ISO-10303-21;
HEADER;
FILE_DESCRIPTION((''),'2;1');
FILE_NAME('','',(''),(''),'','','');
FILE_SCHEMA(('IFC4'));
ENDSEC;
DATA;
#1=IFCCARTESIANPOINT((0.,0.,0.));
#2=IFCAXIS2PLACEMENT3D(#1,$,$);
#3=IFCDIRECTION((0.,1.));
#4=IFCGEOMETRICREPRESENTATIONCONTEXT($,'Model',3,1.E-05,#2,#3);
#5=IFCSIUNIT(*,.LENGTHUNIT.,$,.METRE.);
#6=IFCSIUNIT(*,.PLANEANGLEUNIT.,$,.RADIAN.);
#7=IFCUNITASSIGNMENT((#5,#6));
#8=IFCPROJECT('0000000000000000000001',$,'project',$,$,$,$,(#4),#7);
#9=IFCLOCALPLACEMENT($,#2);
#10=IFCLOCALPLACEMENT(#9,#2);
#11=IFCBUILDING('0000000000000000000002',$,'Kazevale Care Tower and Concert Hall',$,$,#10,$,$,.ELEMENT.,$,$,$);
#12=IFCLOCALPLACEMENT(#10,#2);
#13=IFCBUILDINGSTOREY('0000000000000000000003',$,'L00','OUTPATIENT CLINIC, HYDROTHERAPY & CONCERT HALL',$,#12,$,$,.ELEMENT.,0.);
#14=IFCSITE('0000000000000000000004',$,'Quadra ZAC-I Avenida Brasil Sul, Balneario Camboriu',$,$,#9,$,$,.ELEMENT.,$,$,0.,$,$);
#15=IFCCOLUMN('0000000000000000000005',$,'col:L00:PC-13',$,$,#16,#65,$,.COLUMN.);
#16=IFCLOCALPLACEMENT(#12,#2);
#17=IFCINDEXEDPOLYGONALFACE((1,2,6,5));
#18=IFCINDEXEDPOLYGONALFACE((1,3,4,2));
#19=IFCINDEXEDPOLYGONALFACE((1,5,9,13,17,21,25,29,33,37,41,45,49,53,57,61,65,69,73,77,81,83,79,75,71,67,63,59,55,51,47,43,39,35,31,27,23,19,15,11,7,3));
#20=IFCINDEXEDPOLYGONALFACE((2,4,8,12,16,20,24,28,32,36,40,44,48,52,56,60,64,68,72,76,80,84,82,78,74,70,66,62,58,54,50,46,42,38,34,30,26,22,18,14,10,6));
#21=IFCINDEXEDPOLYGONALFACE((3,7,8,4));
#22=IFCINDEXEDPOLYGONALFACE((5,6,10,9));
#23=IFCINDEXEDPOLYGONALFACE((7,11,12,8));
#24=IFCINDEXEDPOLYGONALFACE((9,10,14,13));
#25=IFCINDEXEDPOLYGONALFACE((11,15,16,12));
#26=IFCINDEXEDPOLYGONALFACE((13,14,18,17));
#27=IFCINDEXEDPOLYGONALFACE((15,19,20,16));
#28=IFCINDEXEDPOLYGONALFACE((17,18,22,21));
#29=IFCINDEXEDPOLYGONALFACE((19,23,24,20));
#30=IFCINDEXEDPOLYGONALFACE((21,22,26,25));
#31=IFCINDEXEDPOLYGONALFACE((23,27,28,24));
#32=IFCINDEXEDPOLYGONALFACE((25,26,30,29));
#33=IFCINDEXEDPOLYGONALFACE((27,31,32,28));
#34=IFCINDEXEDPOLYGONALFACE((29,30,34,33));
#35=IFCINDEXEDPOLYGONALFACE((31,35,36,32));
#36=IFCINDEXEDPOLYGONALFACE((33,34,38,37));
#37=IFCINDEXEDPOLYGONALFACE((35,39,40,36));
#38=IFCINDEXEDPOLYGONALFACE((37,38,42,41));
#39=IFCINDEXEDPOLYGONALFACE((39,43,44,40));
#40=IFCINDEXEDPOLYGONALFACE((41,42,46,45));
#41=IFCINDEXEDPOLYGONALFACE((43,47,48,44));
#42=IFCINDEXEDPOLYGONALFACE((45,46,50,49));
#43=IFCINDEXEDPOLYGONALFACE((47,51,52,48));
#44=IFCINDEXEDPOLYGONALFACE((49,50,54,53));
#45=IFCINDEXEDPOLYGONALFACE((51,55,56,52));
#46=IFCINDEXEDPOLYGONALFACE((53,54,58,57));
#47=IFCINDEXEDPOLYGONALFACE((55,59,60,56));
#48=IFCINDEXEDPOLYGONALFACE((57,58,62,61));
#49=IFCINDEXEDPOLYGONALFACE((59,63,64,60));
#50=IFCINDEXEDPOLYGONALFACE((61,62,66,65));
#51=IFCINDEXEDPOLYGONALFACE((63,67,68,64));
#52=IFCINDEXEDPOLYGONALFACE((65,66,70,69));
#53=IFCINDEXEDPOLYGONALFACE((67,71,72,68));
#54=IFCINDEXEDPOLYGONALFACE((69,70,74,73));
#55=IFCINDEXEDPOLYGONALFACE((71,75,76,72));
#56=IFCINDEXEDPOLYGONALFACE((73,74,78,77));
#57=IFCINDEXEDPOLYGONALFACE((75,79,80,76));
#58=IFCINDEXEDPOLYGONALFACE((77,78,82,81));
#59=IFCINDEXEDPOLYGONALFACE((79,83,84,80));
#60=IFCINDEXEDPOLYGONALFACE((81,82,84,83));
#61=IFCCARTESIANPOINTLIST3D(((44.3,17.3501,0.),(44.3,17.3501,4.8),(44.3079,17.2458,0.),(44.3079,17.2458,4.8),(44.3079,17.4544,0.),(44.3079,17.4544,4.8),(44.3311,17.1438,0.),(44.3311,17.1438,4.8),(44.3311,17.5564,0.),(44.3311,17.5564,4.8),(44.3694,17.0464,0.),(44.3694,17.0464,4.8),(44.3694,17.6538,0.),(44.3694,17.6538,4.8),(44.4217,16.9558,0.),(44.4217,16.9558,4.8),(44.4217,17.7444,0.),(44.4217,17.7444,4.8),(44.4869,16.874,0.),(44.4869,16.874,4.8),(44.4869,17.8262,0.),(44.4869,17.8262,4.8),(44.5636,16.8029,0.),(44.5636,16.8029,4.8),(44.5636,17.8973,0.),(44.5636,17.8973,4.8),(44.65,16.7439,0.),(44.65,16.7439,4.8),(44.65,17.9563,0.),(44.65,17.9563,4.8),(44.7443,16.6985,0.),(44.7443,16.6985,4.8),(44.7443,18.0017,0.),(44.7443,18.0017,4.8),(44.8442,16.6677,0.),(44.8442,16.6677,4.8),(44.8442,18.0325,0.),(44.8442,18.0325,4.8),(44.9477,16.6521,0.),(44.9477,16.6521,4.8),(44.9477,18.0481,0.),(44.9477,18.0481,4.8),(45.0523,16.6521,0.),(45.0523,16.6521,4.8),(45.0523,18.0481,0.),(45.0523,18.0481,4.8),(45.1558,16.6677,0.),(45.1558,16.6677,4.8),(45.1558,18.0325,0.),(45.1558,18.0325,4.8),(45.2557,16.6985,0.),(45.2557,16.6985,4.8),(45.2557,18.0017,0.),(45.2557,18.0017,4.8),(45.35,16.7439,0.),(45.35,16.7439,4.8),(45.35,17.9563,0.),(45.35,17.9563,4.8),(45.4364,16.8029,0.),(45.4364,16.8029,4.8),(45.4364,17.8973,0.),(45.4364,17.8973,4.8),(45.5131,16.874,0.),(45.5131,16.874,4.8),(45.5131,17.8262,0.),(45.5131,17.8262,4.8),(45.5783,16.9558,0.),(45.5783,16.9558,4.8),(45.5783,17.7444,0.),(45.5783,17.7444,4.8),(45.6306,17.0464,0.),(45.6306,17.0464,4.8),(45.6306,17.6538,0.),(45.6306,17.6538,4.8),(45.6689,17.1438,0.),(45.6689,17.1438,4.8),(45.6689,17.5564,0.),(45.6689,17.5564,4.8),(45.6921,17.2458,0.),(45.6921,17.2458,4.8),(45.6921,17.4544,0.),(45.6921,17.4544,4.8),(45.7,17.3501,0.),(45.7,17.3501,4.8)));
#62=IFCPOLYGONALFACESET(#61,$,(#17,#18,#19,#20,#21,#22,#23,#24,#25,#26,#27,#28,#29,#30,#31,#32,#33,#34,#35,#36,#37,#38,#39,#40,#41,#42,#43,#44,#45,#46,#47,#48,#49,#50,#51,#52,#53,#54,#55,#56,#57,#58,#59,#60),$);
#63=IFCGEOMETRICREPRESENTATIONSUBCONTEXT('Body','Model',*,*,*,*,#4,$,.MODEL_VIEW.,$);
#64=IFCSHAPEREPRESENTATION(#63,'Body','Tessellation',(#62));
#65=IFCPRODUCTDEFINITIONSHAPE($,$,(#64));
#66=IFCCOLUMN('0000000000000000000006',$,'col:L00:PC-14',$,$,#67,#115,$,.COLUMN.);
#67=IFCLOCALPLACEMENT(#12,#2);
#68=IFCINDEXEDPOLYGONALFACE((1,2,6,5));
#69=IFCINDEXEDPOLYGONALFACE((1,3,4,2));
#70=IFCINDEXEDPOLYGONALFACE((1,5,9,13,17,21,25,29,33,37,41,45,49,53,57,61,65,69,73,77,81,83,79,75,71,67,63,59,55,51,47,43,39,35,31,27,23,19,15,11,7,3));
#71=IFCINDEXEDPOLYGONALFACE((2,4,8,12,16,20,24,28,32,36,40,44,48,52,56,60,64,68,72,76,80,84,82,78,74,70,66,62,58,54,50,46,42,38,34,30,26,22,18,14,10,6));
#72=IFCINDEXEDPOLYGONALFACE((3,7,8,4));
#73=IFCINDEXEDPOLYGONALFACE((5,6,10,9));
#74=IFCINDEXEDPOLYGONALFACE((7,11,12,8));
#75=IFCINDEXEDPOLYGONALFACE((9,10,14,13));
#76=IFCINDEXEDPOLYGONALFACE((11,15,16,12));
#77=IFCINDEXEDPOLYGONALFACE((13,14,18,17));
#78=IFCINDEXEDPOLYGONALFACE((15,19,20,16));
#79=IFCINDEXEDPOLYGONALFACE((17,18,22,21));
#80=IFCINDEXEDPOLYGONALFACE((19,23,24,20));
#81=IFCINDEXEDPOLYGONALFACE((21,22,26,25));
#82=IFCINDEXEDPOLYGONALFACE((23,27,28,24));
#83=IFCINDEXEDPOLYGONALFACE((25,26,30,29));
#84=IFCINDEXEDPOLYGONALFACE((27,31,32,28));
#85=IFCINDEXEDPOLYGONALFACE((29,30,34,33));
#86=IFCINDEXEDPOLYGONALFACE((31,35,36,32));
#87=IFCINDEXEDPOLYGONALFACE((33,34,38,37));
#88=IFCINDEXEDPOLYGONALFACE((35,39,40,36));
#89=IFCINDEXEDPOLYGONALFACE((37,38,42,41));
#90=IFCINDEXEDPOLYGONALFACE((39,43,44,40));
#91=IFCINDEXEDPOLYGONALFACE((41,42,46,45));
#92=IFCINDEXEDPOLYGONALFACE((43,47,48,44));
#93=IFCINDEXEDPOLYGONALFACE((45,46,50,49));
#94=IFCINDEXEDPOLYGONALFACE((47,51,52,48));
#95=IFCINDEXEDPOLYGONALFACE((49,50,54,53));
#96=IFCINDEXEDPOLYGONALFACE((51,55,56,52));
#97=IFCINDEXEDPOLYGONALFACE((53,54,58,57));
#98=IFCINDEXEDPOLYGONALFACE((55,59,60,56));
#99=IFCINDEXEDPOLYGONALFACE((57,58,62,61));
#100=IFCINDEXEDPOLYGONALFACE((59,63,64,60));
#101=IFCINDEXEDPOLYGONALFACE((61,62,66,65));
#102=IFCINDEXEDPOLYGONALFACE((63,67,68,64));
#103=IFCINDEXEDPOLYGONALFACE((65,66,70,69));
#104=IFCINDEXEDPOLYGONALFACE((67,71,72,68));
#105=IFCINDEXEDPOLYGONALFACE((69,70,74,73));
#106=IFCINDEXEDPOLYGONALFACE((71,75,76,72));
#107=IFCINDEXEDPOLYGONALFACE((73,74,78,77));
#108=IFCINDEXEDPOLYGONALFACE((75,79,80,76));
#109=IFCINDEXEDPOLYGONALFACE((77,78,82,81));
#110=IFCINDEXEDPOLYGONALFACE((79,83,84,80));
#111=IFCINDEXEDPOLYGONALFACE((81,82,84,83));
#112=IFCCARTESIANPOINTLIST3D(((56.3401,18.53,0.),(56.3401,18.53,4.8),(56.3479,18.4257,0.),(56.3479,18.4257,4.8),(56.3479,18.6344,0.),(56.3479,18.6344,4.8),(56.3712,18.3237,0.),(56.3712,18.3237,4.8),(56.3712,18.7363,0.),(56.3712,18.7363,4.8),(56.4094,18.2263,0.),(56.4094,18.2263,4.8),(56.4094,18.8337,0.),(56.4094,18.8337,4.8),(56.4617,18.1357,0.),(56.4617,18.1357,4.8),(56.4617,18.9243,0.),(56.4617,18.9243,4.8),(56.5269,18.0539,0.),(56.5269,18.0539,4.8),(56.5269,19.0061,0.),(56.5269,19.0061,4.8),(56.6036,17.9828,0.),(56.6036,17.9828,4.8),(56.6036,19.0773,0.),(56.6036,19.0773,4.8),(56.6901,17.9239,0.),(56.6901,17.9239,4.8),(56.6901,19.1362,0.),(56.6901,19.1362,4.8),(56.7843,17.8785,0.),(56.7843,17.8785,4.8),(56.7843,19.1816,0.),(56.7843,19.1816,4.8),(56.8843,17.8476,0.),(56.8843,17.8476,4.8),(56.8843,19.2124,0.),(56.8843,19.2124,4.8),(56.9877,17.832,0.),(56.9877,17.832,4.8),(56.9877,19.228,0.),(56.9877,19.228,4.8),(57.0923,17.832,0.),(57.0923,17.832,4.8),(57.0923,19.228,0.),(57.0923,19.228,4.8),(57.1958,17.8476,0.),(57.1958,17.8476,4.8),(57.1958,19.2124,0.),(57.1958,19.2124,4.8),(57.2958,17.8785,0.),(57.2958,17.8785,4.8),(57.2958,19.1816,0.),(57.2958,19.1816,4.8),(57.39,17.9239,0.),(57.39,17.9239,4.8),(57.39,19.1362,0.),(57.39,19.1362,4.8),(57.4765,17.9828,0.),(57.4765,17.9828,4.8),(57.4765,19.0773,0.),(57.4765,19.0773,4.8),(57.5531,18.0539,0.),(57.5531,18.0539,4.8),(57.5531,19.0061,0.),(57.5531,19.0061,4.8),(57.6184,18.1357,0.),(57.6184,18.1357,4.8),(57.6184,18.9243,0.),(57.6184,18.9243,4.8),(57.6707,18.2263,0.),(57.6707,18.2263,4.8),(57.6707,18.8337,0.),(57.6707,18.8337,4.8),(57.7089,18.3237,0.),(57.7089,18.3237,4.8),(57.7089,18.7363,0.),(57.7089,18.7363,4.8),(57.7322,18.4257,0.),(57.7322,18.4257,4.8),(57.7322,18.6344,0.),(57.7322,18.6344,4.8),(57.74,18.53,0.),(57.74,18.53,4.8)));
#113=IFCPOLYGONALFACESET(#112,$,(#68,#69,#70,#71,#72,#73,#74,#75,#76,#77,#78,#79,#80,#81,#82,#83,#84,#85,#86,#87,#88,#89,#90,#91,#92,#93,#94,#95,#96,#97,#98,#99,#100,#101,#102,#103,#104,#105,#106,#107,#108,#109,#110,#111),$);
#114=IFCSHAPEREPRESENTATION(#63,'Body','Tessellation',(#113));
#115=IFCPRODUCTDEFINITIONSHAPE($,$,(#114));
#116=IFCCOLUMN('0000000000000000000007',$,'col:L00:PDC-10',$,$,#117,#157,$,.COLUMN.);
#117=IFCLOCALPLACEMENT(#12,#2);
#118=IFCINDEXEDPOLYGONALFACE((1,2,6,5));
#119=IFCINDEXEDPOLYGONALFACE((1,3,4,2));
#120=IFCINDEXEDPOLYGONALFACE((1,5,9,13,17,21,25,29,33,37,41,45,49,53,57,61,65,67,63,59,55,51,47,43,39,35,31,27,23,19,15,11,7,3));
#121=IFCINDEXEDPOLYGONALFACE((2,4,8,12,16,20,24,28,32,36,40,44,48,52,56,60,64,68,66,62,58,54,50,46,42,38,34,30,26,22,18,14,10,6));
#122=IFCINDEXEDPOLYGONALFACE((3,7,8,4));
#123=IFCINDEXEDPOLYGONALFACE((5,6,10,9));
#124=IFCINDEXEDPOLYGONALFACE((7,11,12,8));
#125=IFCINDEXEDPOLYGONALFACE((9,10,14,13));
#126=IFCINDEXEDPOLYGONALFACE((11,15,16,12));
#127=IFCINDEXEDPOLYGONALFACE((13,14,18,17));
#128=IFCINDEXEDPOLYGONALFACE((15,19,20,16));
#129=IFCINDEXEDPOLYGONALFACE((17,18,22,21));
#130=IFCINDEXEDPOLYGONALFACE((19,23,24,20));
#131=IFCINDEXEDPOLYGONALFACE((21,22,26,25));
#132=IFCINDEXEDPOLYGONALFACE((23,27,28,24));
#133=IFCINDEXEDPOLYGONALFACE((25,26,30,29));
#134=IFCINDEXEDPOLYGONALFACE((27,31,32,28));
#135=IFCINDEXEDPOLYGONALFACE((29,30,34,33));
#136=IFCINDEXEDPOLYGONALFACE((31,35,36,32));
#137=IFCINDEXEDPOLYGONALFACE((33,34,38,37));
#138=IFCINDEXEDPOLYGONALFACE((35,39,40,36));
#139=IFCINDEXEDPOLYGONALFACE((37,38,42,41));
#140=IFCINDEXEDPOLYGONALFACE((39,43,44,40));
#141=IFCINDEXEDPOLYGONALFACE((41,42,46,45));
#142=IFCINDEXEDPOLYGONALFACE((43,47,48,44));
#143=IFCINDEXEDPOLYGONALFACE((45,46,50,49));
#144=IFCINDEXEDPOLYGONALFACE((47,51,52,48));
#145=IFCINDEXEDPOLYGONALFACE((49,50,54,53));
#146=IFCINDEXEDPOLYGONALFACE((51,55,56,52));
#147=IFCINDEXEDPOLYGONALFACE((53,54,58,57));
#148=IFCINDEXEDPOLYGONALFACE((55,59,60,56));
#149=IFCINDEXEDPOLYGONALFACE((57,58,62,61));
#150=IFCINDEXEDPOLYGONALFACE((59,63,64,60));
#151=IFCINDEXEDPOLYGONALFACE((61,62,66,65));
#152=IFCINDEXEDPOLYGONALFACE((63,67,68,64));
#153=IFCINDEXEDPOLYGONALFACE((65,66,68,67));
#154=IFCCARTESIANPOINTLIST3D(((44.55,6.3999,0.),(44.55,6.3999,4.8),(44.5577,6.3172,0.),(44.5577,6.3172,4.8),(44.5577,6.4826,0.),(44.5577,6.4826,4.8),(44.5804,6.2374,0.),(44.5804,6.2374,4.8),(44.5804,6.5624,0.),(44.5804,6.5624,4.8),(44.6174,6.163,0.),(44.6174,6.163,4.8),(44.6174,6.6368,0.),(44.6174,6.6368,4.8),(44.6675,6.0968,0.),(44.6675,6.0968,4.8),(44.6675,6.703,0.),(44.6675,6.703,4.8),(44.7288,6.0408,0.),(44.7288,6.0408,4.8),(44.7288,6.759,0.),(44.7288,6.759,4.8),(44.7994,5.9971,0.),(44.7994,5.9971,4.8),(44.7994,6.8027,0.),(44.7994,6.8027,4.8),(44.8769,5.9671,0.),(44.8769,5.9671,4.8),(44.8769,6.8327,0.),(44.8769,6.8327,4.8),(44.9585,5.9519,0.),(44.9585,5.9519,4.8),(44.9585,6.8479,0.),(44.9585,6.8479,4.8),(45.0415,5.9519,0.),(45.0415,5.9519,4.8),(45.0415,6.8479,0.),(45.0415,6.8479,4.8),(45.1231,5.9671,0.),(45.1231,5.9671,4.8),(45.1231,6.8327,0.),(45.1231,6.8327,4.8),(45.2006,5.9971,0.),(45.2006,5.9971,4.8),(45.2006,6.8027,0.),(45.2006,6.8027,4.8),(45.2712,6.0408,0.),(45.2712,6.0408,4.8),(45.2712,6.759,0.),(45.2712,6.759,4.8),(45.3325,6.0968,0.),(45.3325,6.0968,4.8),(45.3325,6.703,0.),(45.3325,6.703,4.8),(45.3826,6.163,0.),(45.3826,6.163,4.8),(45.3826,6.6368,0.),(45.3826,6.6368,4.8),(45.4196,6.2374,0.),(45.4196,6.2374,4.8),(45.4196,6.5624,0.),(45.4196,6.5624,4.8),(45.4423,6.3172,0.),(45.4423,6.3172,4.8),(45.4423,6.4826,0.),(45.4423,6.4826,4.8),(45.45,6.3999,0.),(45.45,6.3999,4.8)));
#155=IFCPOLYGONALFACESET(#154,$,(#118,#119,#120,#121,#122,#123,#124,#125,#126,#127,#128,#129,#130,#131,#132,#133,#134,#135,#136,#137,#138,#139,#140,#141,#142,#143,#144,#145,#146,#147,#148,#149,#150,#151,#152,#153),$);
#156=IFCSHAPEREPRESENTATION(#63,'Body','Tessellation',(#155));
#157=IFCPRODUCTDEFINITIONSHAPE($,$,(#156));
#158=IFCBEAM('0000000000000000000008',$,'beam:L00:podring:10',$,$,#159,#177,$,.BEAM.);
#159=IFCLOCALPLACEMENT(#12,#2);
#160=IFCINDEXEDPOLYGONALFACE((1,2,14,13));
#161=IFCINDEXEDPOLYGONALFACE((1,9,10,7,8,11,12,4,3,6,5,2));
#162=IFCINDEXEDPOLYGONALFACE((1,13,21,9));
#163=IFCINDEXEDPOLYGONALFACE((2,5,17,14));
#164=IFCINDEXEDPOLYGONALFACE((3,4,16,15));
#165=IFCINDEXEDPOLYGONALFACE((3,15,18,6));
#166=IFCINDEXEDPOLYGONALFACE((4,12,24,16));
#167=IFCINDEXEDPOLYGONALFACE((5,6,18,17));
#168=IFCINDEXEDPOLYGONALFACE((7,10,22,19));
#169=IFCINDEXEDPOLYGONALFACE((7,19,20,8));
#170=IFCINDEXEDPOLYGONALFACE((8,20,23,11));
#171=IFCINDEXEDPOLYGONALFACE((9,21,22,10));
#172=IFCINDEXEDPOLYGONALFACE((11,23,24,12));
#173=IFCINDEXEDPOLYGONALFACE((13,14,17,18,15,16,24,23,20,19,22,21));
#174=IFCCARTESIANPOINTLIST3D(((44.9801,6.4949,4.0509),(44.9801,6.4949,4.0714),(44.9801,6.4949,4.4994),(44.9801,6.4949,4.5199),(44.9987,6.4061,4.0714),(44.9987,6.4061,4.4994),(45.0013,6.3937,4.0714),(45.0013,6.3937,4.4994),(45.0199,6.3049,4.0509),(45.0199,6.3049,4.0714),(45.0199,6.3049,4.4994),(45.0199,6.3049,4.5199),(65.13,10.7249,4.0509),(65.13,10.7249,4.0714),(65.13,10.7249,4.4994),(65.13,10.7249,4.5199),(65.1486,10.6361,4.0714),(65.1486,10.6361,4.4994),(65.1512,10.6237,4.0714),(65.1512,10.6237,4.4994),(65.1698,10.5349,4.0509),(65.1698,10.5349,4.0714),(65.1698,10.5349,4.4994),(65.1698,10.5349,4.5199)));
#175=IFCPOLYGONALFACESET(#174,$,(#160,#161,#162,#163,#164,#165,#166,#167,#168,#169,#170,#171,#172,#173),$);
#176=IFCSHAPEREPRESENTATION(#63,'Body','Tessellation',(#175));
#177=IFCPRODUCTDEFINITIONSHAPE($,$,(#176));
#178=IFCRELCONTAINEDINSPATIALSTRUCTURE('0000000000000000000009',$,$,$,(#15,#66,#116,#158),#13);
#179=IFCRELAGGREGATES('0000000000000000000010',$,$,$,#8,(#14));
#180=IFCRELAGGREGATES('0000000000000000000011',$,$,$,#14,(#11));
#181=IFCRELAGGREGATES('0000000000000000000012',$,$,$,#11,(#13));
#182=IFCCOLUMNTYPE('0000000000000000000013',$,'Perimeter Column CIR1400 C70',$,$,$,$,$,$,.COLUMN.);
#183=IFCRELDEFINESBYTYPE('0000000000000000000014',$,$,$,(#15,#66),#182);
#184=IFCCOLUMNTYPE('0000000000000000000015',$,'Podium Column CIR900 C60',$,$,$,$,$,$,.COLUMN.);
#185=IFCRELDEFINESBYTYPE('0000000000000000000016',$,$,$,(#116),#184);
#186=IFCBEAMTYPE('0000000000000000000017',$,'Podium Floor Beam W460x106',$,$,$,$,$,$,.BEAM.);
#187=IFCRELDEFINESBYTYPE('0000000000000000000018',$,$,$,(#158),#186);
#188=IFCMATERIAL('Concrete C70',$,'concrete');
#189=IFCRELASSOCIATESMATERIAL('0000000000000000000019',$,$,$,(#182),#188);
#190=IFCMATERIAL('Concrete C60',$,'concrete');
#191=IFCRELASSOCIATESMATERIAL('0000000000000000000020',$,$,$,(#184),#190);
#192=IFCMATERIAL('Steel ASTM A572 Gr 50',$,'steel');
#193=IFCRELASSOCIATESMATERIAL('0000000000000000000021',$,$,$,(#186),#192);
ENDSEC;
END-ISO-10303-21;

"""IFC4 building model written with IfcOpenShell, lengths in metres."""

from ifc_helpers import new_model, si_unit, direction, frame, origin, origin_2d, place, context, subcontext, project, spatial, circle, i_section, extrude, material, material_profile, profile_set, type_object, element, save


model = new_model("IFC4")

# Units and contexts
model_context = context("Model", 3, precision=1e-05, world=origin(), true_north=direction((0.0, 1.0)))
body_context = subcontext(model_context, "Body", "Model", "MODEL_VIEW")
ifc_project = project(units=[si_unit("LENGTHUNIT", "METRE"), si_unit("PLANEANGLEUNIT", "RADIAN")], contexts=[model_context])

# Site, building, storey
site_placement = place(None, origin())
site = spatial("IfcSite", under=ifc_project, at=site_placement, Name="Quadra ZAC-I Avenida Brasil Sul, Balneario Camboriu", CompositionType="ELEMENT", RefElevation=0.0)
building_placement = place(site_placement, origin())
building = spatial("IfcBuilding", under=site, at=building_placement, Name="Kazevale Care Tower and Concert Hall", CompositionType="ELEMENT")
storey_placement = place(building_placement, origin())
storey = spatial("IfcBuildingStorey", under=building, at=storey_placement, Name="L00", Description="OUTPATIENT CLINIC, HYDROTHERAPY & CONCERT HALL", CompositionType="ELEMENT", Elevation=0.0)

# Columns
ifc_material_1 = material(Name="Concrete C70", Category="concrete")
ifc_material_profile_1 = material_profile(ifc_material_1, circle(Radius=0.7, at=origin_2d()), Name="RC-CIR1400")
ifc_profile_set_1 = profile_set([ifc_material_profile_1], Name="Concrete C70")
column_type_1 = type_object("IfcColumnType", Name="Perimeter Column CIR1400 C70", PredefinedType="COLUMN", material=ifc_profile_set_1)
for number, where, z_axis, x_axis, name in (
    (1, (45.0, 17.3501, 0.0), (0.0, 0.0, 1.0), (1.0, 0.0, 0.0), "col:L00:PC-13"),
    (2, (57.04, 18.53, 0.0), (0.0, 0.0, 1.0), (1.0, 0.0, 0.0), "col:L00:PC-14"),
):
    element("IfcColumn", number, at=place(storey_placement, frame(where, z_axis=z_axis, x_axis=x_axis)), inside=storey, type_object=column_type_1, Name=name, PredefinedType="COLUMN", context=body_context, shape_type="SweptSolid", body=[
        extrude(circle(Radius=0.7, at=origin_2d()), origin(), (0.0, 0.0, 1.0), 4.8),
    ])
ifc_material_2 = material(Name="Concrete C60", Category="concrete")
ifc_material_profile_2 = material_profile(ifc_material_2, circle(Radius=0.45, at=origin_2d()), Name="RC-CIR900")
ifc_profile_set_2 = profile_set([ifc_material_profile_2], Name="Concrete C60")
column_type_2 = type_object("IfcColumnType", Name="Podium Column CIR900 C60", PredefinedType="COLUMN", material=ifc_profile_set_2)
column_placement = place(storey_placement, frame((45.0, 6.3999, 0.0), z_axis=(0.0, 0.0, 1.0), x_axis=(1.0, 0.0, 0.0)))
element("IfcColumn", 3, at=column_placement, inside=storey, type_object=column_type_2, Name="col:L00:PDC-10", PredefinedType="COLUMN", context=body_context, shape_type="SweptSolid", body=[
    extrude(circle(Radius=0.45, at=origin_2d()), origin(), (0.0, 0.0, 1.0), 4.8),
])

# Beam
ifc_material_3 = material(Name="Steel ASTM A572 Gr 50", Category="steel")
ifc_material_profile_3 = material_profile(ifc_material_3, i_section(OverallWidth=0.1941, OverallDepth=0.469, WebThickness=0.0127, FlangeThickness=0.0205, at=origin_2d()), Name="W460x106")
ifc_profile_set_3 = profile_set([ifc_material_profile_3], Name="Steel ASTM A572 Gr 50")
beam_type_1 = type_object("IfcBeamType", Name="Podium Floor Beam W460x106", PredefinedType="BEAM", material=ifc_profile_set_3)
beam_1_placement = place(storey_placement, frame((45.0, 6.3999, 4.2854), z_axis=(0.978668, 0.205448, 0.0), x_axis=(-0.205448, 0.978668, 0.0)))
element("IfcBeam", 4, at=beam_1_placement, inside=storey, type_object=beam_type_1, Name="beam:L00:podring:10", PredefinedType="BEAM", context=body_context, shape_type="SweptSolid", body=[
    extrude(i_section(OverallWidth=0.1941, OverallDepth=0.469, WebThickness=0.0127, FlangeThickness=0.0205, at=origin_2d()), origin(), (0.0, 0.0, 1.0), 20.5891),
])

save(model, "model.ifc")
